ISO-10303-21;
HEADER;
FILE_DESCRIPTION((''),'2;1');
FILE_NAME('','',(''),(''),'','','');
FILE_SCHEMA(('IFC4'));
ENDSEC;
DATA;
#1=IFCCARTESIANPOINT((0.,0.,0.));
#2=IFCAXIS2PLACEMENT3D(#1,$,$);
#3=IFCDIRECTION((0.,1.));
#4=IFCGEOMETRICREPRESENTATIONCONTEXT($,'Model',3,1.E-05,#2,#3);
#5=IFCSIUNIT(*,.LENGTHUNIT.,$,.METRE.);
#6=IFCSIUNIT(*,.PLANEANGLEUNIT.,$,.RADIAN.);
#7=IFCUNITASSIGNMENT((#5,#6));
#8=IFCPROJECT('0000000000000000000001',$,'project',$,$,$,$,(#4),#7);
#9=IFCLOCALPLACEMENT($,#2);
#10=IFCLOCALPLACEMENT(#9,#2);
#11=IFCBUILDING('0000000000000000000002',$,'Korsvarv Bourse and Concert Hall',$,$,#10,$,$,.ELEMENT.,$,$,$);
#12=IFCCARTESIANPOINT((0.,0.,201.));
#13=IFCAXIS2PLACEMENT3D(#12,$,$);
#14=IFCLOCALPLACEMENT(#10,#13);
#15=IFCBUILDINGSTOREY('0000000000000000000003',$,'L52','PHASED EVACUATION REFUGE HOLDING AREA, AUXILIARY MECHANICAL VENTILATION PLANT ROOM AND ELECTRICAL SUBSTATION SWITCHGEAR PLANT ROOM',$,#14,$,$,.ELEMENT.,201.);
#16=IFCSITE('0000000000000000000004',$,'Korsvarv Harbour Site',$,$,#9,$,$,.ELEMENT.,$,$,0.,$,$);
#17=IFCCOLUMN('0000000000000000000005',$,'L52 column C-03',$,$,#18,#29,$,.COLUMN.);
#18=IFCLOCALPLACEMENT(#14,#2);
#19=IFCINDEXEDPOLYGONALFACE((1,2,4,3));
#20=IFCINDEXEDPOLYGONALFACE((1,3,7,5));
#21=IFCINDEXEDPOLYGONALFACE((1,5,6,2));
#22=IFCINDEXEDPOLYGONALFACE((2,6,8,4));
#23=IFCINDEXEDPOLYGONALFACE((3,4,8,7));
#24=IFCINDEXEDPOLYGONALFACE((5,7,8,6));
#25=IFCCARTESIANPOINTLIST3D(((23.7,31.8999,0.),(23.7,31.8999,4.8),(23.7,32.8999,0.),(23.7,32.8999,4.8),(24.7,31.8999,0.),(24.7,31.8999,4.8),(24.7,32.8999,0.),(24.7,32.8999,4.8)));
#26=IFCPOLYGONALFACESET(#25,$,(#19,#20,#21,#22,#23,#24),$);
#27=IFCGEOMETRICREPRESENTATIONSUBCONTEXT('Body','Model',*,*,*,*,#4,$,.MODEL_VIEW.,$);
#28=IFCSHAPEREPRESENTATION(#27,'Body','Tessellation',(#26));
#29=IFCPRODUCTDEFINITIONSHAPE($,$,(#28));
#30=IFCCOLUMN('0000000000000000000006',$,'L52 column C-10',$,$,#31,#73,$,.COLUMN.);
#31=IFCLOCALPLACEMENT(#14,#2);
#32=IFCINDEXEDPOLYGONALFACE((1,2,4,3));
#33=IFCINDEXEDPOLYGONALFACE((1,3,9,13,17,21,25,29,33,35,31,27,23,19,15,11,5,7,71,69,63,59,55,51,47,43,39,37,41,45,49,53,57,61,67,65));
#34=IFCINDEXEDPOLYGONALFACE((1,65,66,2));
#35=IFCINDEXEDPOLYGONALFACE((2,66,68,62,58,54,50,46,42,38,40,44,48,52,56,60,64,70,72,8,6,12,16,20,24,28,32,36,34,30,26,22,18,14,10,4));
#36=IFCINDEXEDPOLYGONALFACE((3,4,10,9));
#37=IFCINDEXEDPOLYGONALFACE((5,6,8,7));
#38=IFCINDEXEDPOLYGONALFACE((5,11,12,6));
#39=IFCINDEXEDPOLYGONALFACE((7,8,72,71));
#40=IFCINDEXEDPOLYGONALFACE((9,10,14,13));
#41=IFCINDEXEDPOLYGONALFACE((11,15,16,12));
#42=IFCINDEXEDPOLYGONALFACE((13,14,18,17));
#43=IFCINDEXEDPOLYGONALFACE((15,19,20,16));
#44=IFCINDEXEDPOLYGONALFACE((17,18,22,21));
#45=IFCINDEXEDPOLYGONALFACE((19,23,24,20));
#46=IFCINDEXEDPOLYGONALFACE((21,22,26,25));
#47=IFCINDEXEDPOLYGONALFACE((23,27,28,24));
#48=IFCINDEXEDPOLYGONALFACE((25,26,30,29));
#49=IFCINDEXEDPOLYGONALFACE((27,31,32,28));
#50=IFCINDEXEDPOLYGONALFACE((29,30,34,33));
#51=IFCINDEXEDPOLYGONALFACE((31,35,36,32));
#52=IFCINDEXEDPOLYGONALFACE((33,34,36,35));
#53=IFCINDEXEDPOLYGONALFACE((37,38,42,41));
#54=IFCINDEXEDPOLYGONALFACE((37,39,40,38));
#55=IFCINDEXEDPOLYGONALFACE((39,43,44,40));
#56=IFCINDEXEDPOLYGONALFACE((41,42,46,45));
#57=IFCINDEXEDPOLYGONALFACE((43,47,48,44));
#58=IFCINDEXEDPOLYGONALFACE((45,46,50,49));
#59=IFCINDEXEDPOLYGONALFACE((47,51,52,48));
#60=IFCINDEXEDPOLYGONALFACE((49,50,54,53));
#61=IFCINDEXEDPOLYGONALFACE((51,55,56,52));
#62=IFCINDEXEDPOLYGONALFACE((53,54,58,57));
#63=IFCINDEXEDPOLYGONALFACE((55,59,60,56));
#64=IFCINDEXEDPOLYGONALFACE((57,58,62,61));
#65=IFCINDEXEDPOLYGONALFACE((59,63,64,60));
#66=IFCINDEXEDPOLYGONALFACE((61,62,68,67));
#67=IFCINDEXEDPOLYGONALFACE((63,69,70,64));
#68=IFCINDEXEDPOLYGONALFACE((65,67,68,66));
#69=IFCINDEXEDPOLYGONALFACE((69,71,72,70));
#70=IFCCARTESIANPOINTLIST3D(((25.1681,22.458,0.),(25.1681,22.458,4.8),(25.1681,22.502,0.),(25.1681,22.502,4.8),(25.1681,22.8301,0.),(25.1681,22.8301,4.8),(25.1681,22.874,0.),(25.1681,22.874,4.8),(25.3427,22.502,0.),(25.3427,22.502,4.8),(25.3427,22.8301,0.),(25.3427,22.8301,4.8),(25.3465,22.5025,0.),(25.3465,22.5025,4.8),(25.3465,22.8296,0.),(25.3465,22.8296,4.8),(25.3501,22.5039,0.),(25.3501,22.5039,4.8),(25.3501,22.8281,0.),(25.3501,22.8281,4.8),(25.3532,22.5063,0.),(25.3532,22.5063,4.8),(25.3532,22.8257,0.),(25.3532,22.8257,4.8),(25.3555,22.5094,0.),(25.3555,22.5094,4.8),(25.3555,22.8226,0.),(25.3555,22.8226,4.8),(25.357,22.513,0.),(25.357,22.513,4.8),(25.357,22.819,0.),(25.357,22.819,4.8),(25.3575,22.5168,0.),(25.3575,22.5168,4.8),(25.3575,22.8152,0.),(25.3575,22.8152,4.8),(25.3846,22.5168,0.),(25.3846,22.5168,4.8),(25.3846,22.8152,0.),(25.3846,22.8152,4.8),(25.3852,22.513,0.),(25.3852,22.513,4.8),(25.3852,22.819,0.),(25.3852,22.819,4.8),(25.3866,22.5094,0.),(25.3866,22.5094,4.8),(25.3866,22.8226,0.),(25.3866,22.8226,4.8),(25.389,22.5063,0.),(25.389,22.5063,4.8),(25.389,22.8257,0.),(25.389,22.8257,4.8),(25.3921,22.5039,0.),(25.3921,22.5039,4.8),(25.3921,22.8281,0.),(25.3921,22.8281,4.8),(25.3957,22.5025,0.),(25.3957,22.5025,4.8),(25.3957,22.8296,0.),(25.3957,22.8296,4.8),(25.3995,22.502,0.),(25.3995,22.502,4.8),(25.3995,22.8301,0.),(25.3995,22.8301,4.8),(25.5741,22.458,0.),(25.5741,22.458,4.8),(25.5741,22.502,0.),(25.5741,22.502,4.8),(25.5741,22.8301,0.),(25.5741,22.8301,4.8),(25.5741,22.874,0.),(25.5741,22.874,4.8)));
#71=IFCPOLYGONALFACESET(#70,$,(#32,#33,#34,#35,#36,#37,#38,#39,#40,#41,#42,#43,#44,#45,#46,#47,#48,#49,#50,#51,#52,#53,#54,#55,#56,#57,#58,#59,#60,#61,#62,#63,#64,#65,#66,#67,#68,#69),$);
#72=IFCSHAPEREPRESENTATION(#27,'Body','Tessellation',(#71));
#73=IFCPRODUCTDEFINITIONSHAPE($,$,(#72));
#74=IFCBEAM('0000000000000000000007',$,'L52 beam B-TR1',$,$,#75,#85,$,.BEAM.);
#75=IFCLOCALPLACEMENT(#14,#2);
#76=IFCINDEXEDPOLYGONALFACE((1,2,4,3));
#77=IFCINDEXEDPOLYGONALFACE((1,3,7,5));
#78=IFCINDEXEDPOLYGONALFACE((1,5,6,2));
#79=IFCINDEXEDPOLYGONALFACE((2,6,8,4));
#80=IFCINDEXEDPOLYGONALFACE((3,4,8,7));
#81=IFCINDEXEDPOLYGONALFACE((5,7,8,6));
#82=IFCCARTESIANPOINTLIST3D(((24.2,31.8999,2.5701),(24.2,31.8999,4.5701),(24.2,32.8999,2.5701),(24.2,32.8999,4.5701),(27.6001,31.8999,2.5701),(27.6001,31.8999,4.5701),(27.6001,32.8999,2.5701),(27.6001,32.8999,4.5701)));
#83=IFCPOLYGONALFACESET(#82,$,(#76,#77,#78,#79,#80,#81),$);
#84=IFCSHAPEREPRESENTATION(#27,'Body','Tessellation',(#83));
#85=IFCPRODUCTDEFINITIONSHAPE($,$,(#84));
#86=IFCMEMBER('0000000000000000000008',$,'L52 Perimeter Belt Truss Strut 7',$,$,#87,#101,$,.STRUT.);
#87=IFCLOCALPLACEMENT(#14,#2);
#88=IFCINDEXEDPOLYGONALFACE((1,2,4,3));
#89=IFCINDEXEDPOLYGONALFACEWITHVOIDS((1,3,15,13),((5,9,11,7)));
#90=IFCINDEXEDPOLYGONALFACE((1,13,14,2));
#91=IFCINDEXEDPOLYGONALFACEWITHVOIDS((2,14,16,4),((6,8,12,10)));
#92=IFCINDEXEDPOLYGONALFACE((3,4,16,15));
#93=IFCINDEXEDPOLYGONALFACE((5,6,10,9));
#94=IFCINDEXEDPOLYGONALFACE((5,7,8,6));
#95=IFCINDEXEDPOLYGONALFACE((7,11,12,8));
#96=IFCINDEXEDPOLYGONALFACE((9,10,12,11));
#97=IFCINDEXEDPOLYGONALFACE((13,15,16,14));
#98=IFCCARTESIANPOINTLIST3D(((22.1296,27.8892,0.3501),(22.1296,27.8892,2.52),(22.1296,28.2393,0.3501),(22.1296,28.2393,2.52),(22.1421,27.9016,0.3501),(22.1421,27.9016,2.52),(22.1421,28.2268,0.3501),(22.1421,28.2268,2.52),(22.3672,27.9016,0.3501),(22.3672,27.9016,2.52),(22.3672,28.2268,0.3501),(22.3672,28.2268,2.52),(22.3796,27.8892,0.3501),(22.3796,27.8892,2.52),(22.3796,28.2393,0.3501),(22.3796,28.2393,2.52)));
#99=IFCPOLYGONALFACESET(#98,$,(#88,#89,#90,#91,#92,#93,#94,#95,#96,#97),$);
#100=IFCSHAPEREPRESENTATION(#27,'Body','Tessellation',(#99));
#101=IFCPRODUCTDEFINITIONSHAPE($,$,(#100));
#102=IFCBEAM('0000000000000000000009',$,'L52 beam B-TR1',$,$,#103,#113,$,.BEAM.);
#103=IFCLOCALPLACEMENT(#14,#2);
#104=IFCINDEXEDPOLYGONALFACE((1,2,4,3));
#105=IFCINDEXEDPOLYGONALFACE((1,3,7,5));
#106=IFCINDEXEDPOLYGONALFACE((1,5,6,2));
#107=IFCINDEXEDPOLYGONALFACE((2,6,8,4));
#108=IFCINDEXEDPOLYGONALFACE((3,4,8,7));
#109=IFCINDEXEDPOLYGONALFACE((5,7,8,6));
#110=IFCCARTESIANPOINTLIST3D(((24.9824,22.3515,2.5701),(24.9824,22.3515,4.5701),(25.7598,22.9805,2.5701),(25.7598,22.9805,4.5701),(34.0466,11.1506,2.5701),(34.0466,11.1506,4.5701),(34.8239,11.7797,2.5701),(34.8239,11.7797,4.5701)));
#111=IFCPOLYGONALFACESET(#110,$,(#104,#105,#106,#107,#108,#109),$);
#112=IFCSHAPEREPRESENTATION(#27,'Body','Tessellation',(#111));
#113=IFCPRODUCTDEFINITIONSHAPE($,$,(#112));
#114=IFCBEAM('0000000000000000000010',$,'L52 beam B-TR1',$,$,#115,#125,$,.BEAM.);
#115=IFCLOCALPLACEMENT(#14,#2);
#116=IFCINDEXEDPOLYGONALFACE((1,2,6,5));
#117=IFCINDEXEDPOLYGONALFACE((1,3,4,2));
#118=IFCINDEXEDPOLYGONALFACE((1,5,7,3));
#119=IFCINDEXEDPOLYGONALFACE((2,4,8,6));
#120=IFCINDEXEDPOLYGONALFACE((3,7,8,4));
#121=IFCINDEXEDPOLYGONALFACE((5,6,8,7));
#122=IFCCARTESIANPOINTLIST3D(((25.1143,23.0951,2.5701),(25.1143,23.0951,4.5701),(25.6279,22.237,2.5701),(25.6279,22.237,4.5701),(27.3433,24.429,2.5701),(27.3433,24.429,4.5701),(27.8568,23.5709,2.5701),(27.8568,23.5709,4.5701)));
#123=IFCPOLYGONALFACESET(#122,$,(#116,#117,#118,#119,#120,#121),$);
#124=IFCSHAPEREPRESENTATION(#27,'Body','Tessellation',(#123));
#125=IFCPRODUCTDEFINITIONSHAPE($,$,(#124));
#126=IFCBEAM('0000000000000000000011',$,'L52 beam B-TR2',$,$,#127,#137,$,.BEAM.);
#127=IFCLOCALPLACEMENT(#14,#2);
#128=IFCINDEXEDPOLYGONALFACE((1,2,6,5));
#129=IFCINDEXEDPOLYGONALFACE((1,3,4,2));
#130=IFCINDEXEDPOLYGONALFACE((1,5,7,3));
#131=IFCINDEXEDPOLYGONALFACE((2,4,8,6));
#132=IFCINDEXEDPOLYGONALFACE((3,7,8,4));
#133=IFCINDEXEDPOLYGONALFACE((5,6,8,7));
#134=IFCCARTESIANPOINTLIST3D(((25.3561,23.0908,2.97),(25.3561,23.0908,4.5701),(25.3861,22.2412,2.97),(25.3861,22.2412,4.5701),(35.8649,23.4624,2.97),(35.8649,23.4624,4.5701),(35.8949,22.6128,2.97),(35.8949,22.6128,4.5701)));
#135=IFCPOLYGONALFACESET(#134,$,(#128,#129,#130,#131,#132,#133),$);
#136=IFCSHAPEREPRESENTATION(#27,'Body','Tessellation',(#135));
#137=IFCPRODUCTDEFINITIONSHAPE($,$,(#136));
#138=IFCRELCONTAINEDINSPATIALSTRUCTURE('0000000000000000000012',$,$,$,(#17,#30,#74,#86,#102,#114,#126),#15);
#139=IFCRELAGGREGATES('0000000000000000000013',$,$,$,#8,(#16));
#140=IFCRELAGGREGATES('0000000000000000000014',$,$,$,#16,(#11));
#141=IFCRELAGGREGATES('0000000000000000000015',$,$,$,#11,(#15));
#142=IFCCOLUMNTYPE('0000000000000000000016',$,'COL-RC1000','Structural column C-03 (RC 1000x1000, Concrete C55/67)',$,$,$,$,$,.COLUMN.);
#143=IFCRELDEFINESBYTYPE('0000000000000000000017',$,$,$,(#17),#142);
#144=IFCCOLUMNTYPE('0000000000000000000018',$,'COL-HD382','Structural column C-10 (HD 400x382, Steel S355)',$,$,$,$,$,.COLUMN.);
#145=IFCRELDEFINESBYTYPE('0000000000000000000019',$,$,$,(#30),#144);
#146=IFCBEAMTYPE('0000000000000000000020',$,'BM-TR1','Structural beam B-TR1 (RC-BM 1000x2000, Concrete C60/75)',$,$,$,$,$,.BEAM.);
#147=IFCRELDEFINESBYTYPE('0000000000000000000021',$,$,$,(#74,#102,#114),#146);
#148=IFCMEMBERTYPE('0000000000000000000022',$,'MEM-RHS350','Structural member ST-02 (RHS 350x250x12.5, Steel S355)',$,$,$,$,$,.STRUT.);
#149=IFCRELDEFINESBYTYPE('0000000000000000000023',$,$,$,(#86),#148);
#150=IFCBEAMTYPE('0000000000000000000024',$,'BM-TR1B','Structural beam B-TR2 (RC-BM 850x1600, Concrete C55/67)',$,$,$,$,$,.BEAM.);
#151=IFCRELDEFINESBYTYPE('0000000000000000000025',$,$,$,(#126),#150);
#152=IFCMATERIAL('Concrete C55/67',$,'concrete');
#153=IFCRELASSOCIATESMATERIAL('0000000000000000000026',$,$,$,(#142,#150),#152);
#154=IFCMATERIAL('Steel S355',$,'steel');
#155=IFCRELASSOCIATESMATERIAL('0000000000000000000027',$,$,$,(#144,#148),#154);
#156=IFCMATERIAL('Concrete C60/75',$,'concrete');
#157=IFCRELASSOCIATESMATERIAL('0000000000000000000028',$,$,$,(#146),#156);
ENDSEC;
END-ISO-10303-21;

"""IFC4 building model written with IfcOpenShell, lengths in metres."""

from ifc_helpers import new_model, si_unit, direction, frame, origin, origin_2d, place, context, subcontext, project, spatial, rectangle, hollow_rectangle, i_section, extrude, source, transform, mapped, material, material_profile, profile_set, type_object, element, save


model = new_model("IFC4")

# Units and contexts
model_context = context("Model", 3, precision=1e-05, world=origin(), true_north=direction((0.0, 1.0)))
body_context = subcontext(model_context, "Body", "Model", "MODEL_VIEW")
ifc_project = project(units=[si_unit("LENGTHUNIT", "METRE"), si_unit("PLANEANGLEUNIT", "RADIAN")], contexts=[model_context])

# Site, building, storey
site_placement = place(None, origin())
site = spatial("IfcSite", under=ifc_project, at=site_placement, Name="Korsvarv Harbour Site", CompositionType="ELEMENT", RefElevation=0.0)
building_placement = place(site_placement, origin())
building = spatial("IfcBuilding", under=site, at=building_placement, Name="Korsvarv Bourse and Concert Hall", CompositionType="ELEMENT")
storey_placement = place(building_placement, frame((0.0, 0.0, 201.0)))
storey = spatial("IfcBuildingStorey", under=building, at=storey_placement, Name="L52", Description="PHASED EVACUATION REFUGE HOLDING AREA, AUXILIARY MECHANICAL VENTILATION PLANT ROOM AND ELECTRICAL SUBSTATION SWITCHGEAR PLANT ROOM", CompositionType="ELEMENT", Elevation=201.0)

# Columns
ifc_material_1 = material(Name="Concrete C55/67", Category="concrete")
ifc_material_profile_1 = material_profile(ifc_material_1, rectangle(XDim=1.0, YDim=1.0, at=origin_2d()), Name="RC 1000x1000")
ifc_profile_set_1 = profile_set([ifc_material_profile_1], Name="Concrete C55/67")
column_type_1 = type_object("IfcColumnType", Name="COL-RC1000", Description="Structural column C-03 (RC 1000x1000, Concrete C55/67)", PredefinedType="COLUMN", material=ifc_profile_set_1)
shared_shape_1 = source(origin(), body_context, "Body", "SweptSolid", [
    extrude(rectangle(XDim=1.0, YDim=1.0, at=origin_2d()), origin(), (0.0, 0.0, 1.0), 4.8),
])
column_1_placement = place(storey_placement, frame((24.2, 32.3999, 0.0), z_axis=(0.0, 0.0, 1.0), x_axis=(1.0, 0.0, 0.0)))
element("IfcColumn", 1, at=column_1_placement, inside=storey, type_object=column_type_1, Name="L52 column C-03", PredefinedType="COLUMN", context=body_context, shape_type="MappedRepresentation", body=[
    mapped(shared_shape_1, transform((0.0, 0.0, 0.0), scale=1.0)),
])
ifc_material_2 = material(Name="Steel S355", Category="steel")
ifc_material_profile_2 = material_profile(ifc_material_2, i_section(OverallWidth=0.406, OverallDepth=0.416, WebThickness=0.0271, FlangeThickness=0.0439, FilletRadius=0.0149, at=origin_2d()), Name="HD 400x382")
ifc_profile_set_2 = profile_set([ifc_material_profile_2], Name="Steel S355")
column_type_2 = type_object("IfcColumnType", Name="COL-HD382", Description="Structural column C-10 (HD 400x382, Steel S355)", PredefinedType="COLUMN", material=ifc_profile_set_2)
shared_shape_2 = source(origin(), body_context, "Body", "SweptSolid", [
    extrude(i_section(OverallWidth=0.406, OverallDepth=0.416, WebThickness=0.0271, FlangeThickness=0.0439, FilletRadius=0.0149, at=origin_2d()), origin(), (0.0, 0.0, 1.0), 4.8),
])
column_2_placement = place(storey_placement, frame((25.3711, 22.666, 0.0), z_axis=(0.0, 0.0, 1.0), x_axis=(1.0, 0.0, 0.0)))
element("IfcColumn", 2, at=column_2_placement, inside=storey, type_object=column_type_2, Name="L52 column C-10", PredefinedType="COLUMN", context=body_context, shape_type="MappedRepresentation", body=[
    mapped(shared_shape_2, transform((0.0, 0.0, 0.0), scale=1.0)),
])

# Beam
ifc_material_3 = material(Name="Concrete C60/75", Category="concrete")
ifc_material_profile_3 = material_profile(ifc_material_3, rectangle(XDim=1.0, YDim=2.0, at=origin_2d()), Name="RC-BM 1000x2000")
ifc_profile_set_3 = profile_set([ifc_material_profile_3], Name="Concrete C60/75")
beam_type_1 = type_object("IfcBeamType", Name="BM-TR1", Description="Structural beam B-TR1 (RC-BM 1000x2000, Concrete C60/75)", PredefinedType="BEAM", material=ifc_profile_set_3)
shared_shape_3 = source(origin(), body_context, "Body", "SweptSolid", [
    extrude(rectangle(XDim=1.0, YDim=2.0, at=origin_2d()), origin(), (0.0, 0.0, 1.0), 3.4001),
])
beam_1_placement = place(storey_placement, frame((24.2, 32.3999, 3.5701), z_axis=(1.0, 0.0, 0.0), x_axis=(0.0, 1.0, 0.0)))
element("IfcBeam", 3, at=beam_1_placement, inside=storey, type_object=beam_type_1, Name="L52 beam B-TR1", PredefinedType="BEAM", context=body_context, shape_type="MappedRepresentation", body=[
    mapped(shared_shape_3, transform((0.0, 0.0, 0.0), scale=1.0)),
])

# Member
ifc_material_profile_4 = material_profile(ifc_material_2, hollow_rectangle(XDim=0.25, YDim=0.3501, WallThickness=0.0125, at=origin_2d()), Name="RHS 350x250x12.5")
ifc_profile_set_4 = profile_set([ifc_material_profile_4], Name="Steel S355")
member_type_1 = type_object("IfcMemberType", Name="MEM-RHS350", Description="Structural member ST-02 (RHS 350x250x12.5, Steel S355)", PredefinedType="STRUT", material=ifc_profile_set_4)
shared_shape_4 = source(origin(), body_context, "Body", "SweptSolid", [
    extrude(hollow_rectangle(XDim=0.25, YDim=0.3501, WallThickness=0.0125, at=origin_2d()), origin(), (0.0, 0.0, 1.0), 2.1699),
])
member_1_placement = place(storey_placement, frame((22.2546, 28.0642, 0.3501), z_axis=(0.0, 0.0, 1.0), x_axis=(1.0, 0.0, 0.0)))
element("IfcMember", 4, at=member_1_placement, inside=storey, type_object=member_type_1, Name="L52 Perimeter Belt Truss Strut 7", PredefinedType="STRUT", context=body_context, shape_type="MappedRepresentation", body=[
    mapped(shared_shape_4, transform((0.0, 0.0, 0.0), scale=1.0)),
])

# Beams
shared_shape_5 = source(origin(), body_context, "Body", "SweptSolid", [
    extrude(rectangle(XDim=1.0, YDim=2.0, at=origin_2d()), origin(), (0.0, 0.0, 1.0), 14.4089),
])
beam_2_placement = place(storey_placement, frame((25.3711, 22.666, 3.5701), z_axis=(0.629064, -0.777354, 0.0), x_axis=(0.777354, 0.629064, 0.0)))
element("IfcBeam", 5, at=beam_2_placement, inside=storey, type_object=beam_type_1, Name="L52 beam B-TR1", PredefinedType="BEAM", context=body_context, shape_type="MappedRepresentation", body=[
    mapped(shared_shape_5, transform((0.0, 0.0, 0.0), scale=1.0)),
])
shared_shape_6 = source(origin(), body_context, "Body", "SweptSolid", [
    extrude(rectangle(XDim=1.0, YDim=2.0, at=origin_2d()), origin(), (0.0, 0.0, 1.0), 2.5977),
])
beam_3_placement = place(storey_placement, frame((25.3711, 22.666, 3.5701), z_axis=(0.858073, 0.513528, 0.0), x_axis=(-0.513528, 0.858073, 0.0)))
element("IfcBeam", 6, at=beam_3_placement, inside=storey, type_object=beam_type_1, Name="L52 beam B-TR1", PredefinedType="BEAM", context=body_context, shape_type="MappedRepresentation", body=[
    mapped(shared_shape_6, transform((0.0, 0.0, 0.0), scale=1.0)),
])
ifc_material_profile_5 = material_profile(ifc_material_1, rectangle(XDim=0.8501, YDim=1.6001, at=origin_2d()), Name="RC-BM 850x1600")
ifc_profile_set_5 = profile_set([ifc_material_profile_5], Name="Concrete C55/67")
beam_type_2 = type_object("IfcBeamType", Name="BM-TR1B", Description="Structural beam B-TR2 (RC-BM 850x1600, Concrete C55/67)", PredefinedType="BEAM", material=ifc_profile_set_5)
shared_shape_7 = source(origin(), body_context, "Body", "SweptSolid", [
    extrude(rectangle(XDim=0.8501, YDim=1.6001, at=origin_2d()), origin(), (0.0, 0.0, 1.0), 10.5154),
])
beam_4_placement = place(storey_placement, frame((25.3711, 22.666, 3.77), z_axis=(0.999375, 0.035337, 0.0), x_axis=(-0.035337, 0.999375, 0.0)))
element("IfcBeam", 7, at=beam_4_placement, inside=storey, type_object=beam_type_2, Name="L52 beam B-TR2", PredefinedType="BEAM", context=body_context, shape_type="MappedRepresentation", body=[
    mapped(shared_shape_7, transform((0.0, 0.0, 0.0), scale=1.0)),
])

save(model, "model.ifc")
